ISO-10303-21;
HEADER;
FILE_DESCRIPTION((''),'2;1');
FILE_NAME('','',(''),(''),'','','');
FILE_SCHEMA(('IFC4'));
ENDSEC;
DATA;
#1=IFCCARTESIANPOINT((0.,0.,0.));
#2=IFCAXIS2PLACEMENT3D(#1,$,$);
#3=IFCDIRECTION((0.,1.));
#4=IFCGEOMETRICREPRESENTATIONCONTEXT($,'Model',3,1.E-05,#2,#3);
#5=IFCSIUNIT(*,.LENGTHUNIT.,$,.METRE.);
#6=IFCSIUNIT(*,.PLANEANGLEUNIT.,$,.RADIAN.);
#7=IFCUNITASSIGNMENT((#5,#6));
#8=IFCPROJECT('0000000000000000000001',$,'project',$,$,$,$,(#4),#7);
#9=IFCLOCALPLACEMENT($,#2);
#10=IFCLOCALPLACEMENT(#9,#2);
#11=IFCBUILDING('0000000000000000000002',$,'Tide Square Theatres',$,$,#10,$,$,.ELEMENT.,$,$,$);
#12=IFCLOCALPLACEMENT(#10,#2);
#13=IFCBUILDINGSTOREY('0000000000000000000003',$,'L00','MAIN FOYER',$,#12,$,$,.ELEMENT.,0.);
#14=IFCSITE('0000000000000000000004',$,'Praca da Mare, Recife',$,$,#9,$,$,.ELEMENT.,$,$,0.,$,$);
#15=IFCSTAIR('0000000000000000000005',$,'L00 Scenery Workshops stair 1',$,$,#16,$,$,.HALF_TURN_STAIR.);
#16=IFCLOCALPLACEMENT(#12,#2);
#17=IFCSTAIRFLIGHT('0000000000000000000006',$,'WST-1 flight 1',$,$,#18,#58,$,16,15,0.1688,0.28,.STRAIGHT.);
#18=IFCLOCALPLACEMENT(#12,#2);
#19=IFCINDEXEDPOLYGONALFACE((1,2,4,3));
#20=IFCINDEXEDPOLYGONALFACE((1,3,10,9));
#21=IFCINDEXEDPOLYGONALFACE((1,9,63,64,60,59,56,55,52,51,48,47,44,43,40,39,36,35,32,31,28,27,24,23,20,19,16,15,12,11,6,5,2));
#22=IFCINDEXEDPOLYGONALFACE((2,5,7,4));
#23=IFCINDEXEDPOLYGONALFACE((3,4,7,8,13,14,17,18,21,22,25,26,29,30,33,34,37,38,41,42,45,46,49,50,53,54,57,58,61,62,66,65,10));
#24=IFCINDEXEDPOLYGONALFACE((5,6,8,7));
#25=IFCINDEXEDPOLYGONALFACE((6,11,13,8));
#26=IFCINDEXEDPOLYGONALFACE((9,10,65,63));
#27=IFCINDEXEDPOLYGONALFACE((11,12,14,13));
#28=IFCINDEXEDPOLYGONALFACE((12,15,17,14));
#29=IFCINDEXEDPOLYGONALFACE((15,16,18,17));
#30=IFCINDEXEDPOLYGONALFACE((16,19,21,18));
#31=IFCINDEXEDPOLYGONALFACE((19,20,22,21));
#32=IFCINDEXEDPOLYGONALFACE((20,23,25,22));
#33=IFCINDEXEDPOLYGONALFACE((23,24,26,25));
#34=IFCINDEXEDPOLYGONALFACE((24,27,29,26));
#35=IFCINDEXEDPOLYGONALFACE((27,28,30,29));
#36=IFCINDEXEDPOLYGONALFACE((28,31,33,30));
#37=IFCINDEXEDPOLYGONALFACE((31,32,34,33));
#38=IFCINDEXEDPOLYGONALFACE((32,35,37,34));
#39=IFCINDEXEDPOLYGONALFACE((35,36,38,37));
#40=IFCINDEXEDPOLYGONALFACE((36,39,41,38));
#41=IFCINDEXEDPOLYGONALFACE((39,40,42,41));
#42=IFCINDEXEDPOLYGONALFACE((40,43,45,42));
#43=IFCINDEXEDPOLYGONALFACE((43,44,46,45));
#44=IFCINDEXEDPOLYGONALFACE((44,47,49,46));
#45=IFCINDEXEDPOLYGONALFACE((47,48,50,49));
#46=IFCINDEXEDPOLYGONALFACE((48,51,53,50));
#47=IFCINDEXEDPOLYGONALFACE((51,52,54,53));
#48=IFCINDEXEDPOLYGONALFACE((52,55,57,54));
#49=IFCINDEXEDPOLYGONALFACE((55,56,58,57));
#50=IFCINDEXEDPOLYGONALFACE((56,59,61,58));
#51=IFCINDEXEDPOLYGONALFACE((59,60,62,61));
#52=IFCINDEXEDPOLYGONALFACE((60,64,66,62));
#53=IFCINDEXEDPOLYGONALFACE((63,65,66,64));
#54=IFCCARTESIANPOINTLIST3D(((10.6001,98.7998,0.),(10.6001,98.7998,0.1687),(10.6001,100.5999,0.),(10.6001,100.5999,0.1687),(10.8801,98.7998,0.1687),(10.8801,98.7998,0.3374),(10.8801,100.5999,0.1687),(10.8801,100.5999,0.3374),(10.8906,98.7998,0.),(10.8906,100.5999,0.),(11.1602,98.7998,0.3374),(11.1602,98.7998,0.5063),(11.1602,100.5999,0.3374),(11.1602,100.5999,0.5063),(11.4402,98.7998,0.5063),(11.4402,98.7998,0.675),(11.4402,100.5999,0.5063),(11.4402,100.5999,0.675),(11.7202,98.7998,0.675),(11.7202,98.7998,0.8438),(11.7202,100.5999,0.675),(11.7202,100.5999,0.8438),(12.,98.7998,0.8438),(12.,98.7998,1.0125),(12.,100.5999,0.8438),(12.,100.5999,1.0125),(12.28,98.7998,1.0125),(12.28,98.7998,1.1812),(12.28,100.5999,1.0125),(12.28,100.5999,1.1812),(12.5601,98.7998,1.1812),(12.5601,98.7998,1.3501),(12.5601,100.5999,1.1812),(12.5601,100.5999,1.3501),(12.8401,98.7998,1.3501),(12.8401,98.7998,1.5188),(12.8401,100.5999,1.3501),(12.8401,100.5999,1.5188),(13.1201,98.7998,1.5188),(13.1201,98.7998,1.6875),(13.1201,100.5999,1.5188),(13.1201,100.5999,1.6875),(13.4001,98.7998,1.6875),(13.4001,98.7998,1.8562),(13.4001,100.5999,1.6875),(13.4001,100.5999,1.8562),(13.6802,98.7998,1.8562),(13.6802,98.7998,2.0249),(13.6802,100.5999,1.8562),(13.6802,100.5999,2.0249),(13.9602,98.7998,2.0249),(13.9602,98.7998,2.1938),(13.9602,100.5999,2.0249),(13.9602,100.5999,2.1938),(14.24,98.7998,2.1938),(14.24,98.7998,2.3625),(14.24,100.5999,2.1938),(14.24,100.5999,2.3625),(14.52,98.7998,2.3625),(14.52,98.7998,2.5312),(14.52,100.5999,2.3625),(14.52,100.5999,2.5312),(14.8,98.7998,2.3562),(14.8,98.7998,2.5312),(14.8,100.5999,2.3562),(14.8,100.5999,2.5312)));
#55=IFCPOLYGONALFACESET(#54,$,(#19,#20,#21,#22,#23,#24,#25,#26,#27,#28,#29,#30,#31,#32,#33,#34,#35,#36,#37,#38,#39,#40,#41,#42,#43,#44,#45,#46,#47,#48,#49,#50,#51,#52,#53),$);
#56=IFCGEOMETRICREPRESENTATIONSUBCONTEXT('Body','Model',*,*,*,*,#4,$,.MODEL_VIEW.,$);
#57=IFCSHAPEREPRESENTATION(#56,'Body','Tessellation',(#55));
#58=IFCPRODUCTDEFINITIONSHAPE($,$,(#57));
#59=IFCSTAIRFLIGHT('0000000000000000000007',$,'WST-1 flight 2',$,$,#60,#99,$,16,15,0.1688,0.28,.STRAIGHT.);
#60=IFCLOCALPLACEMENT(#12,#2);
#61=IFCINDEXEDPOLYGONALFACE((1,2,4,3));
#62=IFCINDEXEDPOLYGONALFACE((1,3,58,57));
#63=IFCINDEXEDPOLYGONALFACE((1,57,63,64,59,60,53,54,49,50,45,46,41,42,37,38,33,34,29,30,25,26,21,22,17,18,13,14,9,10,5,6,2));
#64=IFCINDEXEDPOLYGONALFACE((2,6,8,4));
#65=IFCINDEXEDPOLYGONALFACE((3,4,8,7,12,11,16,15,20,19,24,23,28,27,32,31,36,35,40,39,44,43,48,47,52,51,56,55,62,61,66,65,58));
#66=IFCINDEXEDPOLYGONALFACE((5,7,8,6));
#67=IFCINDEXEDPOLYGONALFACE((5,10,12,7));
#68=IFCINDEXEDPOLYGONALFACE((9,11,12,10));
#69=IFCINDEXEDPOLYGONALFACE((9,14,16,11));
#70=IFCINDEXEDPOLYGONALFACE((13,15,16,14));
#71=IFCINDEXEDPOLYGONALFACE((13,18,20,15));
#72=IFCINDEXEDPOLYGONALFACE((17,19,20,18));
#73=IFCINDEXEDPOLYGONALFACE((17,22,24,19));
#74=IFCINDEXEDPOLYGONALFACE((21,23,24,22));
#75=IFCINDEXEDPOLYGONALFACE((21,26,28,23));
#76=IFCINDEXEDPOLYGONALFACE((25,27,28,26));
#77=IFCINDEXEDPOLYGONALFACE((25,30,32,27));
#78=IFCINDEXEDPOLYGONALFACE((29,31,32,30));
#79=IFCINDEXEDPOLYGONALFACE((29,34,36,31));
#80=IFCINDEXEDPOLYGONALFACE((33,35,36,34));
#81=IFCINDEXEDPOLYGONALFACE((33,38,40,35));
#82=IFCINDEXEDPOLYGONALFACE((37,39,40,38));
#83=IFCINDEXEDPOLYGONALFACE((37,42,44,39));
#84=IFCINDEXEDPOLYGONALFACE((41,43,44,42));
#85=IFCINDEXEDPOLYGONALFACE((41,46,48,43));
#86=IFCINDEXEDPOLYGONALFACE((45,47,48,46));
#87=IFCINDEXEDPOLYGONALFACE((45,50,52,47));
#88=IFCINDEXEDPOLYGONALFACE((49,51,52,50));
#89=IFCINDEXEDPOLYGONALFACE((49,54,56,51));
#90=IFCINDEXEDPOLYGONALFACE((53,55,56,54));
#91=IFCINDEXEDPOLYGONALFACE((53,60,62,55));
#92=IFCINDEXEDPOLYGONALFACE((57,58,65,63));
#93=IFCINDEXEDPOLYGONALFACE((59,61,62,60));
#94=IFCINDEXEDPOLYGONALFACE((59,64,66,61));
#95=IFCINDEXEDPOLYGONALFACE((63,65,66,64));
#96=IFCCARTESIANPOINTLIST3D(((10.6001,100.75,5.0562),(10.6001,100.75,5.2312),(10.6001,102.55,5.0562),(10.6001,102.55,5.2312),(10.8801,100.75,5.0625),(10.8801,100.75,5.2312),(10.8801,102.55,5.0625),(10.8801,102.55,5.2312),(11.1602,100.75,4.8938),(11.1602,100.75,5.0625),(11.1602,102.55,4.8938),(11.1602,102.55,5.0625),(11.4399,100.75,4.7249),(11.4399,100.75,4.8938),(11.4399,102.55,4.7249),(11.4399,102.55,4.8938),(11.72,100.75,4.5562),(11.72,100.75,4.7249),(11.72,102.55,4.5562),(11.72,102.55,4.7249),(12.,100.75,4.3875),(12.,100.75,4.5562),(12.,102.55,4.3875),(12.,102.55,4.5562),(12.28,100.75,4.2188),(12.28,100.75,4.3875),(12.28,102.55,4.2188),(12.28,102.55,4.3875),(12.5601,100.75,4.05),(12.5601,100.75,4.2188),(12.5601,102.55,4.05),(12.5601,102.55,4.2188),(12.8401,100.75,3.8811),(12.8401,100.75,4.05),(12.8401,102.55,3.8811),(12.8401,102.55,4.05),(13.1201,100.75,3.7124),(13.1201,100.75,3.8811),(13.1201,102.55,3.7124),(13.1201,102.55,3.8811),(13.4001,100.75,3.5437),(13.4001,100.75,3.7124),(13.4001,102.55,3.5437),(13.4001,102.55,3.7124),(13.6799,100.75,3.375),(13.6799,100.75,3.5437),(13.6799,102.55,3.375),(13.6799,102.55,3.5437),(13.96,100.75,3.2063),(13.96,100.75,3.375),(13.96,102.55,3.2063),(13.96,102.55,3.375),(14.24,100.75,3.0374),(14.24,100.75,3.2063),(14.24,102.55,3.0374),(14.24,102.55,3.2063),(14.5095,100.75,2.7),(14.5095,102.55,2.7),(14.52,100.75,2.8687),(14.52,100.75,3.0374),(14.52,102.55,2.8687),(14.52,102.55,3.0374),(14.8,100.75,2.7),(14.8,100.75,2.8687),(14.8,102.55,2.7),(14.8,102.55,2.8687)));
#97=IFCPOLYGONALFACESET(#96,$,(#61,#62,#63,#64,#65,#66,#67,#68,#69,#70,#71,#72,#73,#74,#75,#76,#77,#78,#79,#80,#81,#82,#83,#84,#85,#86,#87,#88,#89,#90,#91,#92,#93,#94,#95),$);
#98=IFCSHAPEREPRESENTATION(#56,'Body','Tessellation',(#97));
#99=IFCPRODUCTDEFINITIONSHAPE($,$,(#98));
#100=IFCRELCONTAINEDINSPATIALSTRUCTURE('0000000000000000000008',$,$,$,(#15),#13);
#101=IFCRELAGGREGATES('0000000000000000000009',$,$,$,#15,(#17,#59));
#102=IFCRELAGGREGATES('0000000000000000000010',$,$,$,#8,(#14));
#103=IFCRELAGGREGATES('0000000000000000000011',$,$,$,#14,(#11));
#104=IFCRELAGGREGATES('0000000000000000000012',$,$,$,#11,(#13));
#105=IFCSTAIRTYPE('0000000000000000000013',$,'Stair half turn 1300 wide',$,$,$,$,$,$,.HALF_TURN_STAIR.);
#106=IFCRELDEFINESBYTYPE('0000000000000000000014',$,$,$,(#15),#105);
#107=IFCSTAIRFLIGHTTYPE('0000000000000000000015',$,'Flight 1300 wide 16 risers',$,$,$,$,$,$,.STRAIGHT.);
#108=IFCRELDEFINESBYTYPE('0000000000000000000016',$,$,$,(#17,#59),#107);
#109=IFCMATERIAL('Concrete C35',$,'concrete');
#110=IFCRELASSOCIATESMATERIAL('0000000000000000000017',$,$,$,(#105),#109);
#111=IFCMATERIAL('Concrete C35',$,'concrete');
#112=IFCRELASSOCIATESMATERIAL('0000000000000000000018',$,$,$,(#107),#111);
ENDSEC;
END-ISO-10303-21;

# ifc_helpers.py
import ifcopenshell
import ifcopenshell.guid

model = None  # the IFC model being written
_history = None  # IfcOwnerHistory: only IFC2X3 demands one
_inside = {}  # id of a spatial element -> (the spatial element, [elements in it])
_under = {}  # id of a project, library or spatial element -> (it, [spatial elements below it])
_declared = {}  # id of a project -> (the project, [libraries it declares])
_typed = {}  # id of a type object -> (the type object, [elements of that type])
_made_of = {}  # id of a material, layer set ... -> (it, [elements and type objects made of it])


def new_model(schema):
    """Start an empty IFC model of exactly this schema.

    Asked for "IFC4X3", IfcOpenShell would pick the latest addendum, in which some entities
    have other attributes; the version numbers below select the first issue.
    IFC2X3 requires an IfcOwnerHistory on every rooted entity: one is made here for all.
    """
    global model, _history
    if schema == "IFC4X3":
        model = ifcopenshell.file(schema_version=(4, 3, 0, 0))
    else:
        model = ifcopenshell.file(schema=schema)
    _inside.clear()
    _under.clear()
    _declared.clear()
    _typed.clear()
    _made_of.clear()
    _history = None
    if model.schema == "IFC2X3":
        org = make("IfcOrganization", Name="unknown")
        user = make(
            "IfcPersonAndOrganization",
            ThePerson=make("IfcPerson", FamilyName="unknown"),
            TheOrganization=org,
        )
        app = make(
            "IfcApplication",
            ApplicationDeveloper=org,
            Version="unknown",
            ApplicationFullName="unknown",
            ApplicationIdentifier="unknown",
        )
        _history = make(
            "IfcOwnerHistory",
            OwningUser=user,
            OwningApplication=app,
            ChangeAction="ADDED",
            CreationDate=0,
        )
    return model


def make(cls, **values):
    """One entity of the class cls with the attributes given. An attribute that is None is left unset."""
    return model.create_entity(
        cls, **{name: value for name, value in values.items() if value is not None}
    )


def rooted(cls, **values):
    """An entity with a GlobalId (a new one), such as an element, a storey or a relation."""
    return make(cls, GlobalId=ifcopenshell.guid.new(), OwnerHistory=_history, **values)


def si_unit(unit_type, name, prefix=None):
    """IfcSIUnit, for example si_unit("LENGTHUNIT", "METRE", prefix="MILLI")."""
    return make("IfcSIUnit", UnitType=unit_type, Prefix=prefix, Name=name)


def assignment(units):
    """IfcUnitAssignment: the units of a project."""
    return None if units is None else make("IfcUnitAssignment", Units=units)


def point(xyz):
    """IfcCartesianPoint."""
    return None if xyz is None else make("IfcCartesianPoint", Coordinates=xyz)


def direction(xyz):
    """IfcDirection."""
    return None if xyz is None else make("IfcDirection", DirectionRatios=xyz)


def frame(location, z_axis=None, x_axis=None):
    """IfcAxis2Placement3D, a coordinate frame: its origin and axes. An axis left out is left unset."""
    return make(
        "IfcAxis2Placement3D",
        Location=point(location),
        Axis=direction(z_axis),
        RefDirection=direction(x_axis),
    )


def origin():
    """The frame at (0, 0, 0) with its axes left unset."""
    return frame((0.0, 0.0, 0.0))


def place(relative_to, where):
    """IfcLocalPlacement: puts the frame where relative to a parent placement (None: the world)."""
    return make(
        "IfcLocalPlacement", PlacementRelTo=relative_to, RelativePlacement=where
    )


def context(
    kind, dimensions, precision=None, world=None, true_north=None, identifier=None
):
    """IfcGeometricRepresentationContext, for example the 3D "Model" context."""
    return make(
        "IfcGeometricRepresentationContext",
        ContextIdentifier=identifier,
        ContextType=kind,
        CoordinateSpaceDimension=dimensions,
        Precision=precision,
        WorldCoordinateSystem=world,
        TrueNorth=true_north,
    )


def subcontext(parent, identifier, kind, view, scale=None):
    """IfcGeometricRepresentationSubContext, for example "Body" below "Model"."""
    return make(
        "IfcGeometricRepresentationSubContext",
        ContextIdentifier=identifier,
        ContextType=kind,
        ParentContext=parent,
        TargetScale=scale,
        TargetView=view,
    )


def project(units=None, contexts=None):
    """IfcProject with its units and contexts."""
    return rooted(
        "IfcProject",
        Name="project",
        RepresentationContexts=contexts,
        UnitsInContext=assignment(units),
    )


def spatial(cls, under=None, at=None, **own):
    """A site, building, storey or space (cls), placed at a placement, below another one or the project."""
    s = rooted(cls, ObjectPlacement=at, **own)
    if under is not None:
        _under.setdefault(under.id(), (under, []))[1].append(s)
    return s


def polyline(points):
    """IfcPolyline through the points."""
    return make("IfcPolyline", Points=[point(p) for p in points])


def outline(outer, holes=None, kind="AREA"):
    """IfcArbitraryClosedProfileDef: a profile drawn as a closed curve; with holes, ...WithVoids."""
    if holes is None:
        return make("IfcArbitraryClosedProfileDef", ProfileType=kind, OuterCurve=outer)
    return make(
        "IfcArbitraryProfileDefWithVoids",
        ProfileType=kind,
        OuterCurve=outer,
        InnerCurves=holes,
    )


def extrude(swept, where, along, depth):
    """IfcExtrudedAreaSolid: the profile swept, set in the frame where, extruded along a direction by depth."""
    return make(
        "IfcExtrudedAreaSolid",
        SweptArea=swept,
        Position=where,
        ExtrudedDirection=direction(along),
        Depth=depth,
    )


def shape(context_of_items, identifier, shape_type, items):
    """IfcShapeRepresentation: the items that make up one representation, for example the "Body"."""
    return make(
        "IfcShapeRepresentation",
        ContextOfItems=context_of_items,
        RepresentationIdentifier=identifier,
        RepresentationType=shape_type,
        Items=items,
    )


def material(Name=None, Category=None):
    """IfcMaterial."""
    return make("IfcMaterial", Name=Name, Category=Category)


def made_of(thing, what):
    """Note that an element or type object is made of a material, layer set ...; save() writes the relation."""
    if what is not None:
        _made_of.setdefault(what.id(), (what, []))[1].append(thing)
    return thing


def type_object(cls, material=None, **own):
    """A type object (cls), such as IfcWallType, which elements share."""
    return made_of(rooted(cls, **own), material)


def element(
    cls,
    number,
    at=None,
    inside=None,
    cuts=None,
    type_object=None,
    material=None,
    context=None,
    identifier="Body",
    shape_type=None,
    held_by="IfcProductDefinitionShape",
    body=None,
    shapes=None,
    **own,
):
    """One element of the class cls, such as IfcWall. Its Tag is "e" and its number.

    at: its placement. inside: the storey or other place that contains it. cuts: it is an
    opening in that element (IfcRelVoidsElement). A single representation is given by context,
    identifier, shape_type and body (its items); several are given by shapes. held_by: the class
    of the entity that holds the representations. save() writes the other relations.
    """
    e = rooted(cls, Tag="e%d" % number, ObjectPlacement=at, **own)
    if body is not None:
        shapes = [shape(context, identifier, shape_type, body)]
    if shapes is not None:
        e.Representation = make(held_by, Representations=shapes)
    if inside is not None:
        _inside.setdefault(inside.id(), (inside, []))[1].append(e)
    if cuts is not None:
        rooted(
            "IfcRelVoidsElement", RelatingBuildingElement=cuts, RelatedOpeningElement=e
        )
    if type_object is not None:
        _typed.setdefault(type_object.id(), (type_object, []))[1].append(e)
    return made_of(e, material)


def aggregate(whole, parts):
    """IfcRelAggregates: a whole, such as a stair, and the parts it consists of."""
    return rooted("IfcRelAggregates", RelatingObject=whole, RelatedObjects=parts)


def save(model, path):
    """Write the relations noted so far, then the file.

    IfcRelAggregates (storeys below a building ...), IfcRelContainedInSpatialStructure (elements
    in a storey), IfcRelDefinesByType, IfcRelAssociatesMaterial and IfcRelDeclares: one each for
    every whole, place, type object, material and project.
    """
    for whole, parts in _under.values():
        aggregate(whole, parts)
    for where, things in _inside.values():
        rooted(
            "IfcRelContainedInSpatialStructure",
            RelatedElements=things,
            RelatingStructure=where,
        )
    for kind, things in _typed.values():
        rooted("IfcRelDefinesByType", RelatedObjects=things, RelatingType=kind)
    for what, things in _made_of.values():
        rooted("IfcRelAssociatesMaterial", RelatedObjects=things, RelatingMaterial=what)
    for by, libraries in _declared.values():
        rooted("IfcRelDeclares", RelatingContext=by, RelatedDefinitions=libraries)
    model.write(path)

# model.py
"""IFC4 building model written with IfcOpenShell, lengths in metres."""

from ifc_helpers import new_model, si_unit, direction, frame, origin, place, context, subcontext, project, spatial, polyline, outline, extrude, material, type_object, element, aggregate, save


model = new_model("IFC4")

# Units and contexts
model_context = context("Model", 3, precision=1e-05, world=origin(), true_north=direction((0.0, 1.0)))
body_context = subcontext(model_context, "Body", "Model", "MODEL_VIEW")
ifc_project = project(units=[si_unit("LENGTHUNIT", "METRE"), si_unit("PLANEANGLEUNIT", "RADIAN")], contexts=[model_context])

# Site, building, storey
site_placement = place(None, origin())
site = spatial("IfcSite", under=ifc_project, at=site_placement, Name="Praca da Mare, Recife", CompositionType="ELEMENT", RefElevation=0.0)
building_placement = place(site_placement, origin())
building = spatial("IfcBuilding", under=site, at=building_placement, Name="Tide Square Theatres", CompositionType="ELEMENT")
storey_placement = place(building_placement, origin())
storey = spatial("IfcBuildingStorey", under=building, at=storey_placement, Name="L00", Description="MAIN FOYER", CompositionType="ELEMENT", Elevation=0.0)

# Stair, stair flights
ifc_material_1 = material(Name="Concrete C35", Category="concrete")
stair_type = type_object("IfcStairType", Name="Stair half turn 1300 wide", PredefinedType="HALF_TURN_STAIR", material=ifc_material_1)
stair_placement = place(storey_placement, origin())
stair = element("IfcStair", 1, at=stair_placement, inside=storey, type_object=stair_type, Name="L00 Scenery Workshops stair 1", PredefinedType="HALF_TURN_STAIR")
ifc_material_2 = material(Name="Concrete C35", Category="concrete")
stair_flight_type = type_object("IfcStairFlightType", Name="Flight 1300 wide 16 risers", PredefinedType="STRAIGHT", material=ifc_material_2)
stair_flight_1_placement = place(storey_placement, frame((10.6001, 99.7, 0.0), z_axis=(0.0, 0.0, 1.0), x_axis=(1.0, 0.0, 0.0)))
stair_flight_1 = element("IfcStairFlight", 2, at=stair_flight_1_placement, type_object=stair_flight_type, Name="WST-1 flight 1", NumberOfRisers=16, NumberOfTreads=15, PredefinedType="STRAIGHT", RiserHeight=0.1688, TreadLength=0.28, context=body_context, shape_type="SweptSolid", body=[
    extrude(outline(polyline([(0.0, 0.0), (0.0, 0.1687), (0.28, 0.1687), (0.28, 0.3374), (0.5601, 0.3374), (0.5601, 0.5063), (0.8401, 0.5063), (0.8401, 0.675), (1.1201, 0.675), (1.1201, 0.8438), (1.3999, 0.8438), (1.3999, 1.0125), (1.6799, 1.0125), (1.6799, 1.1812), (1.96, 1.1812), (1.96, 1.3501), (2.24, 1.3501), (2.24, 1.5188), (2.52, 1.5188), (2.52, 1.6875), (2.8, 1.6875), (2.8, 1.8562), (3.0801, 1.8562), (3.0801, 2.0249), (3.3601, 2.0249), (3.3601, 2.1938), (3.6399, 2.1938), (3.6399, 2.3625), (3.9199, 2.3625), (3.9199, 2.5312), (4.2, 2.5312), (4.2, 2.7), (4.2, 2.3562), (0.2905, 0.0), (0.0, 0.0)])), frame((0.0, 0.8999, 0.0), z_axis=(0.0, -1.0, 0.0), x_axis=(1.0, 0.0, 0.0)), (0.0, 0.0, 1.0), 1.8),
])
stair_flight_2_placement = place(storey_placement, frame((14.8, 101.6499, 2.7), z_axis=(0.0, 0.0, 1.0), x_axis=(-1.0, 0.0, 0.0)))
stair_flight_2 = element("IfcStairFlight", 3, at=stair_flight_2_placement, type_object=stair_flight_type, Name="WST-1 flight 2", NumberOfRisers=16, NumberOfTreads=15, PredefinedType="STRAIGHT", RiserHeight=0.1688, TreadLength=0.28, context=body_context, shape_type="SweptSolid", body=[
    extrude(outline(polyline([(0.0, 0.0), (0.0, 0.1687), (0.28, 0.1687), (0.28, 0.3374), (0.5601, 0.3374), (0.5601, 0.5063), (0.8401, 0.5063), (0.8401, 0.675), (1.1201, 0.675), (1.1201, 0.8438), (1.3999, 0.8438), (1.3999, 1.0125), (1.6799, 1.0125), (1.6799, 1.1812), (1.96, 1.1812), (1.96, 1.3501), (2.24, 1.3501), (2.24, 1.5188), (2.52, 1.5188), (2.52, 1.6875), (2.8, 1.6875), (2.8, 1.8562), (3.0801, 1.8562), (3.0801, 2.0249), (3.3601, 2.0249), (3.3601, 2.1938), (3.6399, 2.1938), (3.6399, 2.3625), (3.9199, 2.3625), (3.9199, 2.5312), (4.2, 2.5312), (4.2, 2.7), (4.2, 2.3562), (0.2905, 0.0), (0.0, 0.0)])), frame((0.0, 0.8999, 0.0), z_axis=(0.0, -1.0, 0.0), x_axis=(1.0, 0.0, 0.0)), (0.0, 0.0, 1.0), 1.8),
])
aggregate(stair, [stair_flight_1, stair_flight_2])

save(model, "model.ifc")
